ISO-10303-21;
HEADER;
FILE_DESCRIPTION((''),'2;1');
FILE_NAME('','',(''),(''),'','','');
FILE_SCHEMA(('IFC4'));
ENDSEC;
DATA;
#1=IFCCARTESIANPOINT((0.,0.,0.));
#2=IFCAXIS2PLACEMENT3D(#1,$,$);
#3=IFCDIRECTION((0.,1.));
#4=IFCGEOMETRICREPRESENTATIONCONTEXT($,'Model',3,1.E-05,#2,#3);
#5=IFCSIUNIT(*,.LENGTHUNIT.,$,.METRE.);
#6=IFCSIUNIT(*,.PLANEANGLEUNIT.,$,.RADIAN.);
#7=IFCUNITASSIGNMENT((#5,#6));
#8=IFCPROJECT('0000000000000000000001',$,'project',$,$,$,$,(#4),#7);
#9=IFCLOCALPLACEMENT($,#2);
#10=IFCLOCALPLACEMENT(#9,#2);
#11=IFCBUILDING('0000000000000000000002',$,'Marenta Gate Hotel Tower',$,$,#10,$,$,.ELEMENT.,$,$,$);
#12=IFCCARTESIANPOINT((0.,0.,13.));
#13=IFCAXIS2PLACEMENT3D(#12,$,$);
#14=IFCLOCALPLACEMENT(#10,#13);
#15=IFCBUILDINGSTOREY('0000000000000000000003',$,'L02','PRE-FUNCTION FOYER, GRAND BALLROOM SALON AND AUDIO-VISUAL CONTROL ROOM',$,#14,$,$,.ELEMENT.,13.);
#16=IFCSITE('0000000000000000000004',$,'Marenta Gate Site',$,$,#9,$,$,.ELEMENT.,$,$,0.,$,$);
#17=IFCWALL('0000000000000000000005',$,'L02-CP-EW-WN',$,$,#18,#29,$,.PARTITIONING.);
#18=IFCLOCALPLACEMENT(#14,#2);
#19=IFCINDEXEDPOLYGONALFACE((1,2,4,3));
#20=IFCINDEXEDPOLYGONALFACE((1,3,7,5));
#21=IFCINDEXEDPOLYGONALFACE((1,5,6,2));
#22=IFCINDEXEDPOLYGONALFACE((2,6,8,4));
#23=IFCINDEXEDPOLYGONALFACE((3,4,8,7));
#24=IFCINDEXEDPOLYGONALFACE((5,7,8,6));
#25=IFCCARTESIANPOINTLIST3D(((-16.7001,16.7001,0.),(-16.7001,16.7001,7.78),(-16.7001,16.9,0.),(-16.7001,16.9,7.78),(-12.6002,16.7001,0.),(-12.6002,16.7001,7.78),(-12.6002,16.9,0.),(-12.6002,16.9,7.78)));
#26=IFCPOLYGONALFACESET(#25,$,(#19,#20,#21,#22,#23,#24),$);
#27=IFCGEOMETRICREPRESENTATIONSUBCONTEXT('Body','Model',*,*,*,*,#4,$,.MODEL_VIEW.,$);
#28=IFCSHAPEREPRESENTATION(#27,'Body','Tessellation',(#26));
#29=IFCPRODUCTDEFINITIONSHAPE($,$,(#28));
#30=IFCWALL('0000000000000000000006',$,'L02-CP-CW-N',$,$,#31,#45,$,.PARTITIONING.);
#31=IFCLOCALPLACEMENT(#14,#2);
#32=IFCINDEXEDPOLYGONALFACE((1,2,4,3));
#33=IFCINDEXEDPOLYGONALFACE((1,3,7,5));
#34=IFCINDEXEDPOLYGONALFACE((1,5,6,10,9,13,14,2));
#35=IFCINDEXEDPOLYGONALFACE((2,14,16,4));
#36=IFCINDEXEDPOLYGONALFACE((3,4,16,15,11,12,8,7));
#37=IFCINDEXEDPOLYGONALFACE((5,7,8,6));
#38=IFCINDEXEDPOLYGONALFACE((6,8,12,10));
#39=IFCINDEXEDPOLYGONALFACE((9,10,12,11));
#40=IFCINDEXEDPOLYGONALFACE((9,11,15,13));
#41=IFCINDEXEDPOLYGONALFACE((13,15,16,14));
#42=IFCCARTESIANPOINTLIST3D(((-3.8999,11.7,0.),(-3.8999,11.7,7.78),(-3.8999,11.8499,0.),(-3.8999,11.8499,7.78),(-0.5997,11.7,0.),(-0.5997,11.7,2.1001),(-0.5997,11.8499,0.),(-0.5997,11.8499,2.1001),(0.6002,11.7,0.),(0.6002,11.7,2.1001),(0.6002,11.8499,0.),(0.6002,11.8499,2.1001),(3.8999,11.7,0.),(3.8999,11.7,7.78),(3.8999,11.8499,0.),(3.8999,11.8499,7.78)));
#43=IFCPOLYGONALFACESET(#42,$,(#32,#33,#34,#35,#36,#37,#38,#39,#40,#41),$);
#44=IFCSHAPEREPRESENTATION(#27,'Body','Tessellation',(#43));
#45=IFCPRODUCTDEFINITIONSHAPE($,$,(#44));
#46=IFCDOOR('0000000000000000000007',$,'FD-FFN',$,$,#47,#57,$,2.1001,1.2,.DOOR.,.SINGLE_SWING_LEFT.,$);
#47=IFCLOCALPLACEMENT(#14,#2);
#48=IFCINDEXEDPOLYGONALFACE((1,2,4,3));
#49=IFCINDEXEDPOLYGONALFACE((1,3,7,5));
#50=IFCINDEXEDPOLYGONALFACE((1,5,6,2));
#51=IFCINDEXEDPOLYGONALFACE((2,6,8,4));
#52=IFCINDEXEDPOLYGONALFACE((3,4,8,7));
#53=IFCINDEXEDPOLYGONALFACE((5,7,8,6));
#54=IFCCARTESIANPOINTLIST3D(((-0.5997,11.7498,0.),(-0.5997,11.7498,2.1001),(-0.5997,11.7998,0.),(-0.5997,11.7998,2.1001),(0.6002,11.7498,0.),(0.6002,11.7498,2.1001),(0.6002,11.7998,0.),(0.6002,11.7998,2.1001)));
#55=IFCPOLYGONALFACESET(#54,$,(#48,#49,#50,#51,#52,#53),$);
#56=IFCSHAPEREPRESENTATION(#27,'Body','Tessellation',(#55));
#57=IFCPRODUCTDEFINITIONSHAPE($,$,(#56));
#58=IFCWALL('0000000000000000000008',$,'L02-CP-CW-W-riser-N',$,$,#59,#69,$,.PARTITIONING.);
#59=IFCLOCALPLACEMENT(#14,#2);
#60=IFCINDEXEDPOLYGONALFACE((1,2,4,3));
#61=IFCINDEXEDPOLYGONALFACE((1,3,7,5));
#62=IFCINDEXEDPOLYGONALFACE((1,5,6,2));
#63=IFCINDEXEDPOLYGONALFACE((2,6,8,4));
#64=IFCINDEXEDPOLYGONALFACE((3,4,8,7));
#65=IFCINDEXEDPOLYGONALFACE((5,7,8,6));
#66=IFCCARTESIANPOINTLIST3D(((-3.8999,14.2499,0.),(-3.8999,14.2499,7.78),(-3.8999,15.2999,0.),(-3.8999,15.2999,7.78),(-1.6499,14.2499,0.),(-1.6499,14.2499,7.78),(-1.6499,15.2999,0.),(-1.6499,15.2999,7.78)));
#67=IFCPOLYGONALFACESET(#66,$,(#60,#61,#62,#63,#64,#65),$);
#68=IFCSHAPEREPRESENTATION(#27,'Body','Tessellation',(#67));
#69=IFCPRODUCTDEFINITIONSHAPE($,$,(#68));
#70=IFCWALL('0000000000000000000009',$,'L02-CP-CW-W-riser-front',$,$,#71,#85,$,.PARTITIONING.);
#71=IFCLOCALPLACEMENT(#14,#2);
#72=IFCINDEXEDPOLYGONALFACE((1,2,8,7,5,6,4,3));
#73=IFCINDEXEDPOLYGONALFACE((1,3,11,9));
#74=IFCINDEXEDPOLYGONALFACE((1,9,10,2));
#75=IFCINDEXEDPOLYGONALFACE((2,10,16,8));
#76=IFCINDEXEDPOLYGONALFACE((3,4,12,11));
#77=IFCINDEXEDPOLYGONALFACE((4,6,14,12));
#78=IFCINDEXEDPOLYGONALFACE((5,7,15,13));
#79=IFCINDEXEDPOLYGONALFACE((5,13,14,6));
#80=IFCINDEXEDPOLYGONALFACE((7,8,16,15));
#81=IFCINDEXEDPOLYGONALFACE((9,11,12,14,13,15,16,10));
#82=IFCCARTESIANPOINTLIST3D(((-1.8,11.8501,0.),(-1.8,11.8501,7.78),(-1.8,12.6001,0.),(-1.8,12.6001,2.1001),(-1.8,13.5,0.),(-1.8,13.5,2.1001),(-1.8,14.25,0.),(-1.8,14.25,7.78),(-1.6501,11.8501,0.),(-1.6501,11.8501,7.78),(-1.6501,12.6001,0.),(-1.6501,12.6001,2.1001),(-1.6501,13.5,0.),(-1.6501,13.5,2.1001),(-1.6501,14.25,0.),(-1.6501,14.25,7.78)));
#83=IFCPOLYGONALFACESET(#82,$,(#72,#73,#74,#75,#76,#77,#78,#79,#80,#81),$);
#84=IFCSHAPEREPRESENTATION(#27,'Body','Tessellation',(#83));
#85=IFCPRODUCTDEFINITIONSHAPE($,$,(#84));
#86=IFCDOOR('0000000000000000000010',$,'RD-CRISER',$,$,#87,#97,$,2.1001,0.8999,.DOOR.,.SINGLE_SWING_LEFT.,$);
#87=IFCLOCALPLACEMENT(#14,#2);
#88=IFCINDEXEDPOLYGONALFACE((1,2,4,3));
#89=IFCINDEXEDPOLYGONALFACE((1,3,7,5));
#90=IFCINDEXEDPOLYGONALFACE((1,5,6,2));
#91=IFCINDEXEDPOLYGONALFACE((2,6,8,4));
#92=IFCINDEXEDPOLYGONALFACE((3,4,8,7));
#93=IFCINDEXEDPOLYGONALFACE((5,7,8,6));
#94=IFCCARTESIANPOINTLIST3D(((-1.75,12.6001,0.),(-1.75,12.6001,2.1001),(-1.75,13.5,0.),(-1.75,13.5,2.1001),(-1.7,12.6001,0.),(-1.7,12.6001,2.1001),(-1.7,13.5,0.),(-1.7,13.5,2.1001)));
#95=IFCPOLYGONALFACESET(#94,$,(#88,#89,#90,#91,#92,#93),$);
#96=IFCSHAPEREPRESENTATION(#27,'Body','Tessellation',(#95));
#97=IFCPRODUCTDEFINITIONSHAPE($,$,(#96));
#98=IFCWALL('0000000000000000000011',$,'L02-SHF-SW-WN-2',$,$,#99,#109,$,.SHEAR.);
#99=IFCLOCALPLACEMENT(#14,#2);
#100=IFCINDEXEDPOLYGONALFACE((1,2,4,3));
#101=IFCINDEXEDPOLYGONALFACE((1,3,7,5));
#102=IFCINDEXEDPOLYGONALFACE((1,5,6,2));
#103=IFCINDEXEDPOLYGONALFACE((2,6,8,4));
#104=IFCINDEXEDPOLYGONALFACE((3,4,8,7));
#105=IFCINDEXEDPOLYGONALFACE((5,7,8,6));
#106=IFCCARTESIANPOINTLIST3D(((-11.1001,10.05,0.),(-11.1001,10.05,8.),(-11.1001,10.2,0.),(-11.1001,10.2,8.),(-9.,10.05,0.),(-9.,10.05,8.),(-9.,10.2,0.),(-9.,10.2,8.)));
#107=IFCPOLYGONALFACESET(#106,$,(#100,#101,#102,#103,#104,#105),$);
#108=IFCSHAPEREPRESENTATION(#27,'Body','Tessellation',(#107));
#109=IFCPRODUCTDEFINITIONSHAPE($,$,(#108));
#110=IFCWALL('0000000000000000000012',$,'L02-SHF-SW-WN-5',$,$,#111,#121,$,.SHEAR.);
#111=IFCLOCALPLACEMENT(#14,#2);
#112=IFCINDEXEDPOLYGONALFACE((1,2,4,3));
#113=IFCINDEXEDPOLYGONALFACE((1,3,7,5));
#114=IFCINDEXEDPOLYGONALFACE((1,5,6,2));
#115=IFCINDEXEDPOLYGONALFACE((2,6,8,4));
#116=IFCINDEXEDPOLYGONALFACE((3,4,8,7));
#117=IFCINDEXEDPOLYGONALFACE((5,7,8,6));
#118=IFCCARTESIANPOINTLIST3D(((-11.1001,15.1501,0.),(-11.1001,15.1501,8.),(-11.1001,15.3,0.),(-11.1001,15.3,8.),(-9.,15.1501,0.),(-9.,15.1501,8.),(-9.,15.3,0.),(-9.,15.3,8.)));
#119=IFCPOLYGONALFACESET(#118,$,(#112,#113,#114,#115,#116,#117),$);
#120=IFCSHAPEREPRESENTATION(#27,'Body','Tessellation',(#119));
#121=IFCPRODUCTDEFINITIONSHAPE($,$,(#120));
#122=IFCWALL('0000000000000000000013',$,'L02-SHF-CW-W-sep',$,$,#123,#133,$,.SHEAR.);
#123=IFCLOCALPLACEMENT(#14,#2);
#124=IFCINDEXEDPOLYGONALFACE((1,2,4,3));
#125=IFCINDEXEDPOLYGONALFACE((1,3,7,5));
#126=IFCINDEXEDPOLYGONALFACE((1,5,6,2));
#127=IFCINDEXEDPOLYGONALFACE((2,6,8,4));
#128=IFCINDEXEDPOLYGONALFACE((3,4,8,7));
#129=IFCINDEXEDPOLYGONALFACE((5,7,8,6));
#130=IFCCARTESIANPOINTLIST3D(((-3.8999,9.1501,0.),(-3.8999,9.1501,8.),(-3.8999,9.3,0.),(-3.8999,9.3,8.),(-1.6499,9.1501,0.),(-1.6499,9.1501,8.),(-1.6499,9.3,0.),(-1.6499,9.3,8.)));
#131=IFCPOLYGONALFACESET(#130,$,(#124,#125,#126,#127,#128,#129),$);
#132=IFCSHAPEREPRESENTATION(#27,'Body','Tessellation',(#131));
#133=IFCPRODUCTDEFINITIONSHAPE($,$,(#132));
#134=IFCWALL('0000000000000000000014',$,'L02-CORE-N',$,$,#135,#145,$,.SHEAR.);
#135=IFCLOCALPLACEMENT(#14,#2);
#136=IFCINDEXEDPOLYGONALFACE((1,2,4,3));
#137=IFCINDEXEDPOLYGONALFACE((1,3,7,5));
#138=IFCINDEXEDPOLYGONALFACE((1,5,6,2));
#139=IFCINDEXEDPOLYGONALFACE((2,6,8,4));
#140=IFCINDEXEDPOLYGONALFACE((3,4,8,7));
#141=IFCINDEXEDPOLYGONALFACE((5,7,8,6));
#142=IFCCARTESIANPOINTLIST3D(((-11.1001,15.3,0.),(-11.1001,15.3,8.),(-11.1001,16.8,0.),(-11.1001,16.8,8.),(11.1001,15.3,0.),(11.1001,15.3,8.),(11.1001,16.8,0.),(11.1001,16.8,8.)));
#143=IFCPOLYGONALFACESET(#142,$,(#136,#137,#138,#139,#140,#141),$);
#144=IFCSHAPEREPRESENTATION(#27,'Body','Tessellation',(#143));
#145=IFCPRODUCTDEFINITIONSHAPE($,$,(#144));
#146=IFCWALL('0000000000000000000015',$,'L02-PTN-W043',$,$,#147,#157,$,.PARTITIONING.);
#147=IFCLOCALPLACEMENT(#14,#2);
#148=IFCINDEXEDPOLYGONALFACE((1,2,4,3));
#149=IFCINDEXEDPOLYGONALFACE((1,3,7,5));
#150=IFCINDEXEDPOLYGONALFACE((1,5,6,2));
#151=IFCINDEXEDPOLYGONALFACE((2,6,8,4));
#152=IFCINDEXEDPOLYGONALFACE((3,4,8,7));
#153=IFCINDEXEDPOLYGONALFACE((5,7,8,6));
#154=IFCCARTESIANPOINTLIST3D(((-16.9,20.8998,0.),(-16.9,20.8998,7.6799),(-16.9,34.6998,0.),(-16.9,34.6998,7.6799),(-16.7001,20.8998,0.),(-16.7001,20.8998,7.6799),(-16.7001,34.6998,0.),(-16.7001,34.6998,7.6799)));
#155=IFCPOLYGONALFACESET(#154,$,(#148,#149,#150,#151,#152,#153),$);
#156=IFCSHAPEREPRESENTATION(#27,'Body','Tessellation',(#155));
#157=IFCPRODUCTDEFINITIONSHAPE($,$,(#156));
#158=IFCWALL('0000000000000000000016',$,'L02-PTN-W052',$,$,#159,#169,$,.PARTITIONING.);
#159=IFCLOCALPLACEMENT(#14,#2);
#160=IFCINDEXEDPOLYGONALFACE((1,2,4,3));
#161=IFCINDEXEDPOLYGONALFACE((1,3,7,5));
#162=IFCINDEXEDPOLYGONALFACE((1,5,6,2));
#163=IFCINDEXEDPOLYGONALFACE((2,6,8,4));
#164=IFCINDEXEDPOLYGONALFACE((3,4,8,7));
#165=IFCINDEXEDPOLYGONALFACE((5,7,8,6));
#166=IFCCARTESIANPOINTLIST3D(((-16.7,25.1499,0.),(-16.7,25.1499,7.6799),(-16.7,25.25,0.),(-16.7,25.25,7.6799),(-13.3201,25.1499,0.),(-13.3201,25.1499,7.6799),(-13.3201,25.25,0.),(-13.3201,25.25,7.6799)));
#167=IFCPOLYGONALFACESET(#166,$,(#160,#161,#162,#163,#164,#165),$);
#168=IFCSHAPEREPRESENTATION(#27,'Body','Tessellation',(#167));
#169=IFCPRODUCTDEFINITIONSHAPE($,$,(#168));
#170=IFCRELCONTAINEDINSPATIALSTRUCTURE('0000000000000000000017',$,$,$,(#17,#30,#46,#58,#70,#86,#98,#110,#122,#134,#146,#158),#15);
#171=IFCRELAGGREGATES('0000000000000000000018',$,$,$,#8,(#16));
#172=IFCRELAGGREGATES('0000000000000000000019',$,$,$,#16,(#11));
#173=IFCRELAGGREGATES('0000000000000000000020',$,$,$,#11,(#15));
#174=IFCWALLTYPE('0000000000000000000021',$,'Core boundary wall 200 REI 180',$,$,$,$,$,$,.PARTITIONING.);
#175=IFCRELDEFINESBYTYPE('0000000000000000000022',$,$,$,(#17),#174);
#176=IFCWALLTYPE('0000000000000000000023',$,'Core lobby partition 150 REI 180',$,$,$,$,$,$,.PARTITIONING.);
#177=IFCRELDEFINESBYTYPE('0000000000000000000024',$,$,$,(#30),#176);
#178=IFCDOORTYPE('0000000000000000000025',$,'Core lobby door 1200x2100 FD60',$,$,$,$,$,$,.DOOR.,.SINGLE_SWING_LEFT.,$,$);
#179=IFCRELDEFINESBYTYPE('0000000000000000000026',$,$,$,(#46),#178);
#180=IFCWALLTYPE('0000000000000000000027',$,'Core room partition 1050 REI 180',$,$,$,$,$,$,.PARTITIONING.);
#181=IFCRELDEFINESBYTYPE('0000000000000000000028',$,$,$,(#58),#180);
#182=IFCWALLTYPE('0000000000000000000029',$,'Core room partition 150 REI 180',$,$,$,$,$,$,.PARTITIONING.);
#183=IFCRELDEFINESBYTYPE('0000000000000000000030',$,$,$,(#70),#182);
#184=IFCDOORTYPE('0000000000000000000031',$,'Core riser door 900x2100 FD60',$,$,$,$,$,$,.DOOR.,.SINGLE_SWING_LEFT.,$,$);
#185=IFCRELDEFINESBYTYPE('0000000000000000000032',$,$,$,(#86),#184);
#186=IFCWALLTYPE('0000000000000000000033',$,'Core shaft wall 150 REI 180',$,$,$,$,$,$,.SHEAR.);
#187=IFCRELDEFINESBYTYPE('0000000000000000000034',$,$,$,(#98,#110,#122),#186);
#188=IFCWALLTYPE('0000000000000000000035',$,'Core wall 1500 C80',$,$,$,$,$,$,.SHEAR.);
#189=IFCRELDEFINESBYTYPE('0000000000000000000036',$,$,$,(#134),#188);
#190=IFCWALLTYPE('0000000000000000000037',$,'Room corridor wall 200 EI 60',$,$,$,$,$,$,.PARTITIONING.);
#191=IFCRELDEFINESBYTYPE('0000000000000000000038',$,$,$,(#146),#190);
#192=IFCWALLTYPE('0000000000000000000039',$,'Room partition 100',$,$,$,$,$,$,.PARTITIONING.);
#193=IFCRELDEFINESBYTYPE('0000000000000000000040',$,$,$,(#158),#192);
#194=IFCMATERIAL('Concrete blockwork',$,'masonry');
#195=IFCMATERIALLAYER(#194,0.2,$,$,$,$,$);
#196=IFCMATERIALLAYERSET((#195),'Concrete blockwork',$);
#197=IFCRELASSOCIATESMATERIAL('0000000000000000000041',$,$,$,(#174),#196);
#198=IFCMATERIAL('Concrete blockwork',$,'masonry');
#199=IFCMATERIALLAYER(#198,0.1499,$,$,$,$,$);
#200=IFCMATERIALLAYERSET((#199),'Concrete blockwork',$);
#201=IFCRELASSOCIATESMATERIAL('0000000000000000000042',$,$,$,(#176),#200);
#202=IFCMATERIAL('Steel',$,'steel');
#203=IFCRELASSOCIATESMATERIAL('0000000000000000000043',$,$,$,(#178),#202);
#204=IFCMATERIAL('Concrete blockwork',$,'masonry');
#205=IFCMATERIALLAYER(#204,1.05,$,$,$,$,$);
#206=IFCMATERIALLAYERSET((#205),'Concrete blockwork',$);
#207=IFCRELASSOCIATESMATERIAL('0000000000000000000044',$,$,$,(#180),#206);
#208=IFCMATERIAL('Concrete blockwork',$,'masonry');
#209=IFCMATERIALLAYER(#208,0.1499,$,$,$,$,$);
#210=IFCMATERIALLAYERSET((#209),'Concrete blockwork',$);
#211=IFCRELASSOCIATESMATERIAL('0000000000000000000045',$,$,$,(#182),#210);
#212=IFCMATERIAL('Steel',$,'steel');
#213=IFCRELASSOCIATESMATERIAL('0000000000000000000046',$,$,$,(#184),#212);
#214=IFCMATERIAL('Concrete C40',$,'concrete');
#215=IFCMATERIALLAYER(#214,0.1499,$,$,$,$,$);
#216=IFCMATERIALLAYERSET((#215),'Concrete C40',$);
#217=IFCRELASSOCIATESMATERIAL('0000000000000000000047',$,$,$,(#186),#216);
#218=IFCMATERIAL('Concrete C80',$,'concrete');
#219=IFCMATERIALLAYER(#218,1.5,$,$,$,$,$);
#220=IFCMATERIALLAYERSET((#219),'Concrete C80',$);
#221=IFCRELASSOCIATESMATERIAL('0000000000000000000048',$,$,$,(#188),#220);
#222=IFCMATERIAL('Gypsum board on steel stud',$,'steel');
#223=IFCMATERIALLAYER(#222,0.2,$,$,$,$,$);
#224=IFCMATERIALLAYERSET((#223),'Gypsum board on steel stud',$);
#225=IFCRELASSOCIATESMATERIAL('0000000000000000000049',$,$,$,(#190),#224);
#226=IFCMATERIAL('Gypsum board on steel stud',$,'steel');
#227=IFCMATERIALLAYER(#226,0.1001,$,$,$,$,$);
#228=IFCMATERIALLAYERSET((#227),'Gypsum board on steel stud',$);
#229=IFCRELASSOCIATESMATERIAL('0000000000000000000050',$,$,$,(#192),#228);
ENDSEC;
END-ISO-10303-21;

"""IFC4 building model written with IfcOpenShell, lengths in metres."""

from ifc_helpers import new_model, si_unit, direction, frame, frame_2d, origin, place, context, subcontext, project, spatial, rectangle, extrude, material, layer, layer_set, type_object, element, fill, save


model = new_model("IFC4")

# Units and contexts
model_context = context("Model", 3, precision=1e-05, world=origin(), true_north=direction((0.0, 1.0)))
body_context = subcontext(model_context, "Body", "Model", "MODEL_VIEW")
ifc_project = project(units=[si_unit("LENGTHUNIT", "METRE"), si_unit("PLANEANGLEUNIT", "RADIAN")], contexts=[model_context])

# Site, building, storey
site_placement = place(None, origin())
site = spatial("IfcSite", under=ifc_project, at=site_placement, Name="Marenta Gate Site", CompositionType="ELEMENT", RefElevation=0.0)
building_placement = place(site_placement, origin())
building = spatial("IfcBuilding", under=site, at=building_placement, Name="Marenta Gate Hotel Tower", CompositionType="ELEMENT")
storey_placement = place(building_placement, frame((0.0, 0.0, 13.0)))
storey = spatial("IfcBuildingStorey", under=building, at=storey_placement, Name="L02", Description="PRE-FUNCTION FOYER, GRAND BALLROOM SALON AND AUDIO-VISUAL CONTROL ROOM", CompositionType="ELEMENT", Elevation=13.0)

# Wall
ifc_material_1 = material(Name="Concrete blockwork", Category="masonry")
ifc_layer_1 = layer(ifc_material_1, 0.2)
ifc_layer_set_1 = layer_set([ifc_layer_1], Name="Concrete blockwork")
wall_type_1 = type_object("IfcWallType", Name="Core boundary wall 200 REI 180", PredefinedType="PARTITIONING", material=ifc_layer_set_1)
wall_1_placement = place(storey_placement, frame((-16.7, 16.8, 0.0), z_axis=(0.0, 0.0, 1.0), x_axis=(1.0, 0.0, 0.0)))
element("IfcWall", 1, at=wall_1_placement, inside=storey, type_object=wall_type_1, Name="L02-CP-EW-WN", PredefinedType="PARTITIONING", context=body_context, shape_type="SweptSolid", body=[
    extrude(rectangle(XDim=4.0999, YDim=0.2, at=frame_2d((2.0498, 0.0))), origin(), (0.0, 0.0, 1.0), 7.78),
])

# Wall, opening, door
ifc_material_2 = material(Name="Concrete blockwork", Category="masonry")
ifc_layer_2 = layer(ifc_material_2, 0.1499)
ifc_layer_set_2 = layer_set([ifc_layer_2], Name="Concrete blockwork")
wall_type_2 = type_object("IfcWallType", Name="Core lobby partition 150 REI 180", PredefinedType="PARTITIONING", material=ifc_layer_set_2)
wall_2_placement = place(storey_placement, frame((-3.8999, 11.7749, 0.0), z_axis=(0.0, 0.0, 1.0), x_axis=(1.0, 0.0, 0.0)))
wall_2 = element("IfcWall", 2, at=wall_2_placement, inside=storey, type_object=wall_type_2, Name="L02-CP-CW-N", PredefinedType="PARTITIONING", context=body_context, shape_type="SweptSolid", body=[
    extrude(rectangle(XDim=7.7998, YDim=0.1499, at=frame_2d((3.8999, 0.0))), origin(), (0.0, 0.0, 1.0), 7.78),
])
opening_1_placement = place(wall_2_placement, frame((3.3, 0.0, 0.0)))
opening_1 = element("IfcOpeningElement", 3, at=opening_1_placement, cuts=wall_2, PredefinedType="OPENING", context=body_context, shape_type="SweptSolid", body=[
    extrude(rectangle(XDim=1.2, YDim=2.1001, at=frame_2d((0.6001, 1.05))), frame((0.0, 0.075, 0.0), z_axis=(0.0, -1.0, 0.0), x_axis=(1.0, 0.0, 0.0)), (0.0, 0.0, 1.0), 0.1499),
])
ifc_material_3 = material(Name="Steel", Category="steel")
door_type_1 = type_object("IfcDoorType", Name="Core lobby door 1200x2100 FD60", OperationType="SINGLE_SWING_LEFT", PredefinedType="DOOR", material=ifc_material_3)
door_1_placement = place(opening_1_placement, origin())
door_1 = element("IfcDoor", 4, at=door_1_placement, inside=storey, type_object=door_type_1, Name="FD-FFN", OperationType="SINGLE_SWING_LEFT", OverallHeight=2.1001, OverallWidth=1.2, PredefinedType="DOOR", context=body_context, shape_type="SweptSolid", body=[
    extrude(rectangle(XDim=1.2, YDim=2.1001, at=frame_2d((0.6001, 1.05))), frame((0.0, 0.0249, 0.0), z_axis=(0.0, -1.0, 0.0), x_axis=(1.0, 0.0, 0.0)), (0.0, 0.0, 1.0), 0.05),
])
fill(opening_1, door_1)

# Wall
ifc_material_4 = material(Name="Concrete blockwork", Category="masonry")
ifc_layer_3 = layer(ifc_material_4, 1.05)
ifc_layer_set_3 = layer_set([ifc_layer_3], Name="Concrete blockwork")
wall_type_3 = type_object("IfcWallType", Name="Core room partition 1050 REI 180", PredefinedType="PARTITIONING", material=ifc_layer_set_3)
wall_3_placement = place(storey_placement, frame((-3.8999, 14.7749, 0.0), z_axis=(0.0, 0.0, 1.0), x_axis=(1.0, 0.0, 0.0)))
element("IfcWall", 5, at=wall_3_placement, inside=storey, type_object=wall_type_3, Name="L02-CP-CW-W-riser-N", PredefinedType="PARTITIONING", context=body_context, shape_type="SweptSolid", body=[
    extrude(rectangle(XDim=2.25, YDim=1.05, at=frame_2d((1.125, 0.0))), origin(), (0.0, 0.0, 1.0), 7.78),
])

# Wall, opening, door
ifc_material_5 = material(Name="Concrete blockwork", Category="masonry")
ifc_layer_4 = layer(ifc_material_5, 0.1499)
ifc_layer_set_4 = layer_set([ifc_layer_4], Name="Concrete blockwork")
wall_type_4 = type_object("IfcWallType", Name="Core room partition 150 REI 180", PredefinedType="PARTITIONING", material=ifc_layer_set_4)
wall_4_placement = place(storey_placement, frame((-1.7251, 11.8501, 0.0), z_axis=(0.0, 0.0, 1.0), x_axis=(0.0, 1.0, 0.0)))
wall_4 = element("IfcWall", 6, at=wall_4_placement, inside=storey, type_object=wall_type_4, Name="L02-CP-CW-W-riser-front", PredefinedType="PARTITIONING", context=body_context, shape_type="SweptSolid", body=[
    extrude(rectangle(XDim=2.3999, YDim=0.1499, at=frame_2d((1.2, 0.0))), origin(), (0.0, 0.0, 1.0), 7.78),
])
opening_2_placement = place(wall_4_placement, frame((0.75, 0.0, 0.0)))
opening_2 = element("IfcOpeningElement", 7, at=opening_2_placement, cuts=wall_4, PredefinedType="OPENING", context=body_context, shape_type="SweptSolid", body=[
    extrude(rectangle(XDim=0.8999, YDim=2.1001, at=frame_2d((0.45, 1.05))), frame((0.0, 0.075, 0.0), z_axis=(0.0, -1.0, 0.0), x_axis=(1.0, 0.0, 0.0)), (0.0, 0.0, 1.0), 0.1499),
])
ifc_material_6 = material(Name="Steel", Category="steel")
door_type_2 = type_object("IfcDoorType", Name="Core riser door 900x2100 FD60", OperationType="SINGLE_SWING_LEFT", PredefinedType="DOOR", material=ifc_material_6)
door_2_placement = place(opening_2_placement, origin())
door_2 = element("IfcDoor", 8, at=door_2_placement, inside=storey, type_object=door_type_2, Name="RD-CRISER", OperationType="SINGLE_SWING_LEFT", OverallHeight=2.1001, OverallWidth=0.8999, PredefinedType="DOOR", context=body_context, shape_type="SweptSolid", body=[
    extrude(rectangle(XDim=0.8999, YDim=2.1001, at=frame_2d((0.45, 1.05))), frame((0.0, 0.0249, 0.0), z_axis=(0.0, -1.0, 0.0), x_axis=(1.0, 0.0, 0.0)), (0.0, 0.0, 1.0), 0.05),
])
fill(opening_2, door_2)

# Walls
ifc_material_7 = material(Name="Concrete C40", Category="concrete")
ifc_layer_5 = layer(ifc_material_7, 0.1499)
ifc_layer_set_5 = layer_set([ifc_layer_5], Name="Concrete C40")
wall_type_5 = type_object("IfcWallType", Name="Core shaft wall 150 REI 180", PredefinedType="SHEAR", material=ifc_layer_set_5)
for number, where, z_axis, x_axis, name in (
    (9, (-11.1001, 10.125, 0.0), (0.0, 0.0, 1.0), (1.0, 0.0, 0.0), "L02-SHF-SW-WN-2"),
    (10, (-11.1001, 15.2251, 0.0), (0.0, 0.0, 1.0), (1.0, 0.0, 0.0), "L02-SHF-SW-WN-5"),
):
    element("IfcWall", number, at=place(storey_placement, frame(where, z_axis=z_axis, x_axis=x_axis)), inside=storey, type_object=wall_type_5, Name=name, PredefinedType="SHEAR", context=body_context, shape_type="SweptSolid", body=[
        extrude(rectangle(XDim=2.1001, YDim=0.1499, at=frame_2d((1.05, 0.0))), origin(), (0.0, 0.0, 1.0), 8.0),
    ])
wall_5_placement = place(storey_placement, frame((-3.8999, 9.2251, 0.0), z_axis=(0.0, 0.0, 1.0), x_axis=(1.0, 0.0, 0.0)))
element("IfcWall", 11, at=wall_5_placement, inside=storey, type_object=wall_type_5, Name="L02-SHF-CW-W-sep", PredefinedType="SHEAR", context=body_context, shape_type="SweptSolid", body=[
    extrude(rectangle(XDim=2.25, YDim=0.1499, at=frame_2d((1.125, 0.0))), origin(), (0.0, 0.0, 1.0), 8.0),
])
ifc_material_8 = material(Name="Concrete C80", Category="concrete")
ifc_layer_6 = layer(ifc_material_8, 1.5)
ifc_layer_set_6 = layer_set([ifc_layer_6], Name="Concrete C80")
wall_type_6 = type_object("IfcWallType", Name="Core wall 1500 C80", PredefinedType="SHEAR", material=ifc_layer_set_6)
wall_6_placement = place(storey_placement, frame((-11.1001, 16.05, 0.0), z_axis=(0.0, 0.0, 1.0), x_axis=(1.0, 0.0, 0.0)))
element("IfcWall", 12, at=wall_6_placement, inside=storey, type_object=wall_type_6, Name="L02-CORE-N", PredefinedType="SHEAR", context=body_context, shape_type="SweptSolid", body=[
    extrude(rectangle(XDim=22.2002, YDim=1.5, at=frame_2d((11.1001, 0.0))), origin(), (0.0, 0.0, 1.0), 8.0),
])
ifc_material_9 = material(Name="Gypsum board on steel stud", Category="steel")
ifc_layer_7 = layer(ifc_material_9, 0.2)
ifc_layer_set_7 = layer_set([ifc_layer_7], Name="Gypsum board on steel stud")
wall_type_7 = type_object("IfcWallType", Name="Room corridor wall 200 EI 60", PredefinedType="PARTITIONING", material=ifc_layer_set_7)
wall_7_placement = place(storey_placement, frame((-16.8, 20.8999, 0.0), z_axis=(0.0, 0.0, 1.0), x_axis=(0.0, 1.0, 0.0)))
element("IfcWall", 13, at=wall_7_placement, inside=storey, type_object=wall_type_7, Name="L02-PTN-W043", PredefinedType="PARTITIONING", context=body_context, shape_type="SweptSolid", body=[
    extrude(rectangle(XDim=13.8, YDim=0.2, at=frame_2d((6.8999, 0.0))), origin(), (0.0, 0.0, 1.0), 7.6799),
])

# Wall
ifc_material_10 = material(Name="Gypsum board on steel stud", Category="steel")
ifc_layer_8 = layer(ifc_material_10, 0.1001)
ifc_layer_set_8 = layer_set([ifc_layer_8], Name="Gypsum board on steel stud")
wall_type_8 = type_object("IfcWallType", Name="Room partition 100", PredefinedType="PARTITIONING", material=ifc_layer_set_8)
wall_8_placement = place(storey_placement, frame((-16.7, 25.2, 0.0), z_axis=(0.0, 0.0, 1.0), x_axis=(1.0, 0.0, 0.0)))
element("IfcWall", 14, at=wall_8_placement, inside=storey, type_object=wall_type_8, Name="L02-PTN-W052", PredefinedType="PARTITIONING", context=body_context, shape_type="SweptSolid", body=[
    extrude(rectangle(XDim=3.3799, YDim=0.1001, at=frame_2d((1.6899, 0.0))), origin(), (0.0, 0.0, 1.0), 7.6799),
])

save(model, "model.ifc")
